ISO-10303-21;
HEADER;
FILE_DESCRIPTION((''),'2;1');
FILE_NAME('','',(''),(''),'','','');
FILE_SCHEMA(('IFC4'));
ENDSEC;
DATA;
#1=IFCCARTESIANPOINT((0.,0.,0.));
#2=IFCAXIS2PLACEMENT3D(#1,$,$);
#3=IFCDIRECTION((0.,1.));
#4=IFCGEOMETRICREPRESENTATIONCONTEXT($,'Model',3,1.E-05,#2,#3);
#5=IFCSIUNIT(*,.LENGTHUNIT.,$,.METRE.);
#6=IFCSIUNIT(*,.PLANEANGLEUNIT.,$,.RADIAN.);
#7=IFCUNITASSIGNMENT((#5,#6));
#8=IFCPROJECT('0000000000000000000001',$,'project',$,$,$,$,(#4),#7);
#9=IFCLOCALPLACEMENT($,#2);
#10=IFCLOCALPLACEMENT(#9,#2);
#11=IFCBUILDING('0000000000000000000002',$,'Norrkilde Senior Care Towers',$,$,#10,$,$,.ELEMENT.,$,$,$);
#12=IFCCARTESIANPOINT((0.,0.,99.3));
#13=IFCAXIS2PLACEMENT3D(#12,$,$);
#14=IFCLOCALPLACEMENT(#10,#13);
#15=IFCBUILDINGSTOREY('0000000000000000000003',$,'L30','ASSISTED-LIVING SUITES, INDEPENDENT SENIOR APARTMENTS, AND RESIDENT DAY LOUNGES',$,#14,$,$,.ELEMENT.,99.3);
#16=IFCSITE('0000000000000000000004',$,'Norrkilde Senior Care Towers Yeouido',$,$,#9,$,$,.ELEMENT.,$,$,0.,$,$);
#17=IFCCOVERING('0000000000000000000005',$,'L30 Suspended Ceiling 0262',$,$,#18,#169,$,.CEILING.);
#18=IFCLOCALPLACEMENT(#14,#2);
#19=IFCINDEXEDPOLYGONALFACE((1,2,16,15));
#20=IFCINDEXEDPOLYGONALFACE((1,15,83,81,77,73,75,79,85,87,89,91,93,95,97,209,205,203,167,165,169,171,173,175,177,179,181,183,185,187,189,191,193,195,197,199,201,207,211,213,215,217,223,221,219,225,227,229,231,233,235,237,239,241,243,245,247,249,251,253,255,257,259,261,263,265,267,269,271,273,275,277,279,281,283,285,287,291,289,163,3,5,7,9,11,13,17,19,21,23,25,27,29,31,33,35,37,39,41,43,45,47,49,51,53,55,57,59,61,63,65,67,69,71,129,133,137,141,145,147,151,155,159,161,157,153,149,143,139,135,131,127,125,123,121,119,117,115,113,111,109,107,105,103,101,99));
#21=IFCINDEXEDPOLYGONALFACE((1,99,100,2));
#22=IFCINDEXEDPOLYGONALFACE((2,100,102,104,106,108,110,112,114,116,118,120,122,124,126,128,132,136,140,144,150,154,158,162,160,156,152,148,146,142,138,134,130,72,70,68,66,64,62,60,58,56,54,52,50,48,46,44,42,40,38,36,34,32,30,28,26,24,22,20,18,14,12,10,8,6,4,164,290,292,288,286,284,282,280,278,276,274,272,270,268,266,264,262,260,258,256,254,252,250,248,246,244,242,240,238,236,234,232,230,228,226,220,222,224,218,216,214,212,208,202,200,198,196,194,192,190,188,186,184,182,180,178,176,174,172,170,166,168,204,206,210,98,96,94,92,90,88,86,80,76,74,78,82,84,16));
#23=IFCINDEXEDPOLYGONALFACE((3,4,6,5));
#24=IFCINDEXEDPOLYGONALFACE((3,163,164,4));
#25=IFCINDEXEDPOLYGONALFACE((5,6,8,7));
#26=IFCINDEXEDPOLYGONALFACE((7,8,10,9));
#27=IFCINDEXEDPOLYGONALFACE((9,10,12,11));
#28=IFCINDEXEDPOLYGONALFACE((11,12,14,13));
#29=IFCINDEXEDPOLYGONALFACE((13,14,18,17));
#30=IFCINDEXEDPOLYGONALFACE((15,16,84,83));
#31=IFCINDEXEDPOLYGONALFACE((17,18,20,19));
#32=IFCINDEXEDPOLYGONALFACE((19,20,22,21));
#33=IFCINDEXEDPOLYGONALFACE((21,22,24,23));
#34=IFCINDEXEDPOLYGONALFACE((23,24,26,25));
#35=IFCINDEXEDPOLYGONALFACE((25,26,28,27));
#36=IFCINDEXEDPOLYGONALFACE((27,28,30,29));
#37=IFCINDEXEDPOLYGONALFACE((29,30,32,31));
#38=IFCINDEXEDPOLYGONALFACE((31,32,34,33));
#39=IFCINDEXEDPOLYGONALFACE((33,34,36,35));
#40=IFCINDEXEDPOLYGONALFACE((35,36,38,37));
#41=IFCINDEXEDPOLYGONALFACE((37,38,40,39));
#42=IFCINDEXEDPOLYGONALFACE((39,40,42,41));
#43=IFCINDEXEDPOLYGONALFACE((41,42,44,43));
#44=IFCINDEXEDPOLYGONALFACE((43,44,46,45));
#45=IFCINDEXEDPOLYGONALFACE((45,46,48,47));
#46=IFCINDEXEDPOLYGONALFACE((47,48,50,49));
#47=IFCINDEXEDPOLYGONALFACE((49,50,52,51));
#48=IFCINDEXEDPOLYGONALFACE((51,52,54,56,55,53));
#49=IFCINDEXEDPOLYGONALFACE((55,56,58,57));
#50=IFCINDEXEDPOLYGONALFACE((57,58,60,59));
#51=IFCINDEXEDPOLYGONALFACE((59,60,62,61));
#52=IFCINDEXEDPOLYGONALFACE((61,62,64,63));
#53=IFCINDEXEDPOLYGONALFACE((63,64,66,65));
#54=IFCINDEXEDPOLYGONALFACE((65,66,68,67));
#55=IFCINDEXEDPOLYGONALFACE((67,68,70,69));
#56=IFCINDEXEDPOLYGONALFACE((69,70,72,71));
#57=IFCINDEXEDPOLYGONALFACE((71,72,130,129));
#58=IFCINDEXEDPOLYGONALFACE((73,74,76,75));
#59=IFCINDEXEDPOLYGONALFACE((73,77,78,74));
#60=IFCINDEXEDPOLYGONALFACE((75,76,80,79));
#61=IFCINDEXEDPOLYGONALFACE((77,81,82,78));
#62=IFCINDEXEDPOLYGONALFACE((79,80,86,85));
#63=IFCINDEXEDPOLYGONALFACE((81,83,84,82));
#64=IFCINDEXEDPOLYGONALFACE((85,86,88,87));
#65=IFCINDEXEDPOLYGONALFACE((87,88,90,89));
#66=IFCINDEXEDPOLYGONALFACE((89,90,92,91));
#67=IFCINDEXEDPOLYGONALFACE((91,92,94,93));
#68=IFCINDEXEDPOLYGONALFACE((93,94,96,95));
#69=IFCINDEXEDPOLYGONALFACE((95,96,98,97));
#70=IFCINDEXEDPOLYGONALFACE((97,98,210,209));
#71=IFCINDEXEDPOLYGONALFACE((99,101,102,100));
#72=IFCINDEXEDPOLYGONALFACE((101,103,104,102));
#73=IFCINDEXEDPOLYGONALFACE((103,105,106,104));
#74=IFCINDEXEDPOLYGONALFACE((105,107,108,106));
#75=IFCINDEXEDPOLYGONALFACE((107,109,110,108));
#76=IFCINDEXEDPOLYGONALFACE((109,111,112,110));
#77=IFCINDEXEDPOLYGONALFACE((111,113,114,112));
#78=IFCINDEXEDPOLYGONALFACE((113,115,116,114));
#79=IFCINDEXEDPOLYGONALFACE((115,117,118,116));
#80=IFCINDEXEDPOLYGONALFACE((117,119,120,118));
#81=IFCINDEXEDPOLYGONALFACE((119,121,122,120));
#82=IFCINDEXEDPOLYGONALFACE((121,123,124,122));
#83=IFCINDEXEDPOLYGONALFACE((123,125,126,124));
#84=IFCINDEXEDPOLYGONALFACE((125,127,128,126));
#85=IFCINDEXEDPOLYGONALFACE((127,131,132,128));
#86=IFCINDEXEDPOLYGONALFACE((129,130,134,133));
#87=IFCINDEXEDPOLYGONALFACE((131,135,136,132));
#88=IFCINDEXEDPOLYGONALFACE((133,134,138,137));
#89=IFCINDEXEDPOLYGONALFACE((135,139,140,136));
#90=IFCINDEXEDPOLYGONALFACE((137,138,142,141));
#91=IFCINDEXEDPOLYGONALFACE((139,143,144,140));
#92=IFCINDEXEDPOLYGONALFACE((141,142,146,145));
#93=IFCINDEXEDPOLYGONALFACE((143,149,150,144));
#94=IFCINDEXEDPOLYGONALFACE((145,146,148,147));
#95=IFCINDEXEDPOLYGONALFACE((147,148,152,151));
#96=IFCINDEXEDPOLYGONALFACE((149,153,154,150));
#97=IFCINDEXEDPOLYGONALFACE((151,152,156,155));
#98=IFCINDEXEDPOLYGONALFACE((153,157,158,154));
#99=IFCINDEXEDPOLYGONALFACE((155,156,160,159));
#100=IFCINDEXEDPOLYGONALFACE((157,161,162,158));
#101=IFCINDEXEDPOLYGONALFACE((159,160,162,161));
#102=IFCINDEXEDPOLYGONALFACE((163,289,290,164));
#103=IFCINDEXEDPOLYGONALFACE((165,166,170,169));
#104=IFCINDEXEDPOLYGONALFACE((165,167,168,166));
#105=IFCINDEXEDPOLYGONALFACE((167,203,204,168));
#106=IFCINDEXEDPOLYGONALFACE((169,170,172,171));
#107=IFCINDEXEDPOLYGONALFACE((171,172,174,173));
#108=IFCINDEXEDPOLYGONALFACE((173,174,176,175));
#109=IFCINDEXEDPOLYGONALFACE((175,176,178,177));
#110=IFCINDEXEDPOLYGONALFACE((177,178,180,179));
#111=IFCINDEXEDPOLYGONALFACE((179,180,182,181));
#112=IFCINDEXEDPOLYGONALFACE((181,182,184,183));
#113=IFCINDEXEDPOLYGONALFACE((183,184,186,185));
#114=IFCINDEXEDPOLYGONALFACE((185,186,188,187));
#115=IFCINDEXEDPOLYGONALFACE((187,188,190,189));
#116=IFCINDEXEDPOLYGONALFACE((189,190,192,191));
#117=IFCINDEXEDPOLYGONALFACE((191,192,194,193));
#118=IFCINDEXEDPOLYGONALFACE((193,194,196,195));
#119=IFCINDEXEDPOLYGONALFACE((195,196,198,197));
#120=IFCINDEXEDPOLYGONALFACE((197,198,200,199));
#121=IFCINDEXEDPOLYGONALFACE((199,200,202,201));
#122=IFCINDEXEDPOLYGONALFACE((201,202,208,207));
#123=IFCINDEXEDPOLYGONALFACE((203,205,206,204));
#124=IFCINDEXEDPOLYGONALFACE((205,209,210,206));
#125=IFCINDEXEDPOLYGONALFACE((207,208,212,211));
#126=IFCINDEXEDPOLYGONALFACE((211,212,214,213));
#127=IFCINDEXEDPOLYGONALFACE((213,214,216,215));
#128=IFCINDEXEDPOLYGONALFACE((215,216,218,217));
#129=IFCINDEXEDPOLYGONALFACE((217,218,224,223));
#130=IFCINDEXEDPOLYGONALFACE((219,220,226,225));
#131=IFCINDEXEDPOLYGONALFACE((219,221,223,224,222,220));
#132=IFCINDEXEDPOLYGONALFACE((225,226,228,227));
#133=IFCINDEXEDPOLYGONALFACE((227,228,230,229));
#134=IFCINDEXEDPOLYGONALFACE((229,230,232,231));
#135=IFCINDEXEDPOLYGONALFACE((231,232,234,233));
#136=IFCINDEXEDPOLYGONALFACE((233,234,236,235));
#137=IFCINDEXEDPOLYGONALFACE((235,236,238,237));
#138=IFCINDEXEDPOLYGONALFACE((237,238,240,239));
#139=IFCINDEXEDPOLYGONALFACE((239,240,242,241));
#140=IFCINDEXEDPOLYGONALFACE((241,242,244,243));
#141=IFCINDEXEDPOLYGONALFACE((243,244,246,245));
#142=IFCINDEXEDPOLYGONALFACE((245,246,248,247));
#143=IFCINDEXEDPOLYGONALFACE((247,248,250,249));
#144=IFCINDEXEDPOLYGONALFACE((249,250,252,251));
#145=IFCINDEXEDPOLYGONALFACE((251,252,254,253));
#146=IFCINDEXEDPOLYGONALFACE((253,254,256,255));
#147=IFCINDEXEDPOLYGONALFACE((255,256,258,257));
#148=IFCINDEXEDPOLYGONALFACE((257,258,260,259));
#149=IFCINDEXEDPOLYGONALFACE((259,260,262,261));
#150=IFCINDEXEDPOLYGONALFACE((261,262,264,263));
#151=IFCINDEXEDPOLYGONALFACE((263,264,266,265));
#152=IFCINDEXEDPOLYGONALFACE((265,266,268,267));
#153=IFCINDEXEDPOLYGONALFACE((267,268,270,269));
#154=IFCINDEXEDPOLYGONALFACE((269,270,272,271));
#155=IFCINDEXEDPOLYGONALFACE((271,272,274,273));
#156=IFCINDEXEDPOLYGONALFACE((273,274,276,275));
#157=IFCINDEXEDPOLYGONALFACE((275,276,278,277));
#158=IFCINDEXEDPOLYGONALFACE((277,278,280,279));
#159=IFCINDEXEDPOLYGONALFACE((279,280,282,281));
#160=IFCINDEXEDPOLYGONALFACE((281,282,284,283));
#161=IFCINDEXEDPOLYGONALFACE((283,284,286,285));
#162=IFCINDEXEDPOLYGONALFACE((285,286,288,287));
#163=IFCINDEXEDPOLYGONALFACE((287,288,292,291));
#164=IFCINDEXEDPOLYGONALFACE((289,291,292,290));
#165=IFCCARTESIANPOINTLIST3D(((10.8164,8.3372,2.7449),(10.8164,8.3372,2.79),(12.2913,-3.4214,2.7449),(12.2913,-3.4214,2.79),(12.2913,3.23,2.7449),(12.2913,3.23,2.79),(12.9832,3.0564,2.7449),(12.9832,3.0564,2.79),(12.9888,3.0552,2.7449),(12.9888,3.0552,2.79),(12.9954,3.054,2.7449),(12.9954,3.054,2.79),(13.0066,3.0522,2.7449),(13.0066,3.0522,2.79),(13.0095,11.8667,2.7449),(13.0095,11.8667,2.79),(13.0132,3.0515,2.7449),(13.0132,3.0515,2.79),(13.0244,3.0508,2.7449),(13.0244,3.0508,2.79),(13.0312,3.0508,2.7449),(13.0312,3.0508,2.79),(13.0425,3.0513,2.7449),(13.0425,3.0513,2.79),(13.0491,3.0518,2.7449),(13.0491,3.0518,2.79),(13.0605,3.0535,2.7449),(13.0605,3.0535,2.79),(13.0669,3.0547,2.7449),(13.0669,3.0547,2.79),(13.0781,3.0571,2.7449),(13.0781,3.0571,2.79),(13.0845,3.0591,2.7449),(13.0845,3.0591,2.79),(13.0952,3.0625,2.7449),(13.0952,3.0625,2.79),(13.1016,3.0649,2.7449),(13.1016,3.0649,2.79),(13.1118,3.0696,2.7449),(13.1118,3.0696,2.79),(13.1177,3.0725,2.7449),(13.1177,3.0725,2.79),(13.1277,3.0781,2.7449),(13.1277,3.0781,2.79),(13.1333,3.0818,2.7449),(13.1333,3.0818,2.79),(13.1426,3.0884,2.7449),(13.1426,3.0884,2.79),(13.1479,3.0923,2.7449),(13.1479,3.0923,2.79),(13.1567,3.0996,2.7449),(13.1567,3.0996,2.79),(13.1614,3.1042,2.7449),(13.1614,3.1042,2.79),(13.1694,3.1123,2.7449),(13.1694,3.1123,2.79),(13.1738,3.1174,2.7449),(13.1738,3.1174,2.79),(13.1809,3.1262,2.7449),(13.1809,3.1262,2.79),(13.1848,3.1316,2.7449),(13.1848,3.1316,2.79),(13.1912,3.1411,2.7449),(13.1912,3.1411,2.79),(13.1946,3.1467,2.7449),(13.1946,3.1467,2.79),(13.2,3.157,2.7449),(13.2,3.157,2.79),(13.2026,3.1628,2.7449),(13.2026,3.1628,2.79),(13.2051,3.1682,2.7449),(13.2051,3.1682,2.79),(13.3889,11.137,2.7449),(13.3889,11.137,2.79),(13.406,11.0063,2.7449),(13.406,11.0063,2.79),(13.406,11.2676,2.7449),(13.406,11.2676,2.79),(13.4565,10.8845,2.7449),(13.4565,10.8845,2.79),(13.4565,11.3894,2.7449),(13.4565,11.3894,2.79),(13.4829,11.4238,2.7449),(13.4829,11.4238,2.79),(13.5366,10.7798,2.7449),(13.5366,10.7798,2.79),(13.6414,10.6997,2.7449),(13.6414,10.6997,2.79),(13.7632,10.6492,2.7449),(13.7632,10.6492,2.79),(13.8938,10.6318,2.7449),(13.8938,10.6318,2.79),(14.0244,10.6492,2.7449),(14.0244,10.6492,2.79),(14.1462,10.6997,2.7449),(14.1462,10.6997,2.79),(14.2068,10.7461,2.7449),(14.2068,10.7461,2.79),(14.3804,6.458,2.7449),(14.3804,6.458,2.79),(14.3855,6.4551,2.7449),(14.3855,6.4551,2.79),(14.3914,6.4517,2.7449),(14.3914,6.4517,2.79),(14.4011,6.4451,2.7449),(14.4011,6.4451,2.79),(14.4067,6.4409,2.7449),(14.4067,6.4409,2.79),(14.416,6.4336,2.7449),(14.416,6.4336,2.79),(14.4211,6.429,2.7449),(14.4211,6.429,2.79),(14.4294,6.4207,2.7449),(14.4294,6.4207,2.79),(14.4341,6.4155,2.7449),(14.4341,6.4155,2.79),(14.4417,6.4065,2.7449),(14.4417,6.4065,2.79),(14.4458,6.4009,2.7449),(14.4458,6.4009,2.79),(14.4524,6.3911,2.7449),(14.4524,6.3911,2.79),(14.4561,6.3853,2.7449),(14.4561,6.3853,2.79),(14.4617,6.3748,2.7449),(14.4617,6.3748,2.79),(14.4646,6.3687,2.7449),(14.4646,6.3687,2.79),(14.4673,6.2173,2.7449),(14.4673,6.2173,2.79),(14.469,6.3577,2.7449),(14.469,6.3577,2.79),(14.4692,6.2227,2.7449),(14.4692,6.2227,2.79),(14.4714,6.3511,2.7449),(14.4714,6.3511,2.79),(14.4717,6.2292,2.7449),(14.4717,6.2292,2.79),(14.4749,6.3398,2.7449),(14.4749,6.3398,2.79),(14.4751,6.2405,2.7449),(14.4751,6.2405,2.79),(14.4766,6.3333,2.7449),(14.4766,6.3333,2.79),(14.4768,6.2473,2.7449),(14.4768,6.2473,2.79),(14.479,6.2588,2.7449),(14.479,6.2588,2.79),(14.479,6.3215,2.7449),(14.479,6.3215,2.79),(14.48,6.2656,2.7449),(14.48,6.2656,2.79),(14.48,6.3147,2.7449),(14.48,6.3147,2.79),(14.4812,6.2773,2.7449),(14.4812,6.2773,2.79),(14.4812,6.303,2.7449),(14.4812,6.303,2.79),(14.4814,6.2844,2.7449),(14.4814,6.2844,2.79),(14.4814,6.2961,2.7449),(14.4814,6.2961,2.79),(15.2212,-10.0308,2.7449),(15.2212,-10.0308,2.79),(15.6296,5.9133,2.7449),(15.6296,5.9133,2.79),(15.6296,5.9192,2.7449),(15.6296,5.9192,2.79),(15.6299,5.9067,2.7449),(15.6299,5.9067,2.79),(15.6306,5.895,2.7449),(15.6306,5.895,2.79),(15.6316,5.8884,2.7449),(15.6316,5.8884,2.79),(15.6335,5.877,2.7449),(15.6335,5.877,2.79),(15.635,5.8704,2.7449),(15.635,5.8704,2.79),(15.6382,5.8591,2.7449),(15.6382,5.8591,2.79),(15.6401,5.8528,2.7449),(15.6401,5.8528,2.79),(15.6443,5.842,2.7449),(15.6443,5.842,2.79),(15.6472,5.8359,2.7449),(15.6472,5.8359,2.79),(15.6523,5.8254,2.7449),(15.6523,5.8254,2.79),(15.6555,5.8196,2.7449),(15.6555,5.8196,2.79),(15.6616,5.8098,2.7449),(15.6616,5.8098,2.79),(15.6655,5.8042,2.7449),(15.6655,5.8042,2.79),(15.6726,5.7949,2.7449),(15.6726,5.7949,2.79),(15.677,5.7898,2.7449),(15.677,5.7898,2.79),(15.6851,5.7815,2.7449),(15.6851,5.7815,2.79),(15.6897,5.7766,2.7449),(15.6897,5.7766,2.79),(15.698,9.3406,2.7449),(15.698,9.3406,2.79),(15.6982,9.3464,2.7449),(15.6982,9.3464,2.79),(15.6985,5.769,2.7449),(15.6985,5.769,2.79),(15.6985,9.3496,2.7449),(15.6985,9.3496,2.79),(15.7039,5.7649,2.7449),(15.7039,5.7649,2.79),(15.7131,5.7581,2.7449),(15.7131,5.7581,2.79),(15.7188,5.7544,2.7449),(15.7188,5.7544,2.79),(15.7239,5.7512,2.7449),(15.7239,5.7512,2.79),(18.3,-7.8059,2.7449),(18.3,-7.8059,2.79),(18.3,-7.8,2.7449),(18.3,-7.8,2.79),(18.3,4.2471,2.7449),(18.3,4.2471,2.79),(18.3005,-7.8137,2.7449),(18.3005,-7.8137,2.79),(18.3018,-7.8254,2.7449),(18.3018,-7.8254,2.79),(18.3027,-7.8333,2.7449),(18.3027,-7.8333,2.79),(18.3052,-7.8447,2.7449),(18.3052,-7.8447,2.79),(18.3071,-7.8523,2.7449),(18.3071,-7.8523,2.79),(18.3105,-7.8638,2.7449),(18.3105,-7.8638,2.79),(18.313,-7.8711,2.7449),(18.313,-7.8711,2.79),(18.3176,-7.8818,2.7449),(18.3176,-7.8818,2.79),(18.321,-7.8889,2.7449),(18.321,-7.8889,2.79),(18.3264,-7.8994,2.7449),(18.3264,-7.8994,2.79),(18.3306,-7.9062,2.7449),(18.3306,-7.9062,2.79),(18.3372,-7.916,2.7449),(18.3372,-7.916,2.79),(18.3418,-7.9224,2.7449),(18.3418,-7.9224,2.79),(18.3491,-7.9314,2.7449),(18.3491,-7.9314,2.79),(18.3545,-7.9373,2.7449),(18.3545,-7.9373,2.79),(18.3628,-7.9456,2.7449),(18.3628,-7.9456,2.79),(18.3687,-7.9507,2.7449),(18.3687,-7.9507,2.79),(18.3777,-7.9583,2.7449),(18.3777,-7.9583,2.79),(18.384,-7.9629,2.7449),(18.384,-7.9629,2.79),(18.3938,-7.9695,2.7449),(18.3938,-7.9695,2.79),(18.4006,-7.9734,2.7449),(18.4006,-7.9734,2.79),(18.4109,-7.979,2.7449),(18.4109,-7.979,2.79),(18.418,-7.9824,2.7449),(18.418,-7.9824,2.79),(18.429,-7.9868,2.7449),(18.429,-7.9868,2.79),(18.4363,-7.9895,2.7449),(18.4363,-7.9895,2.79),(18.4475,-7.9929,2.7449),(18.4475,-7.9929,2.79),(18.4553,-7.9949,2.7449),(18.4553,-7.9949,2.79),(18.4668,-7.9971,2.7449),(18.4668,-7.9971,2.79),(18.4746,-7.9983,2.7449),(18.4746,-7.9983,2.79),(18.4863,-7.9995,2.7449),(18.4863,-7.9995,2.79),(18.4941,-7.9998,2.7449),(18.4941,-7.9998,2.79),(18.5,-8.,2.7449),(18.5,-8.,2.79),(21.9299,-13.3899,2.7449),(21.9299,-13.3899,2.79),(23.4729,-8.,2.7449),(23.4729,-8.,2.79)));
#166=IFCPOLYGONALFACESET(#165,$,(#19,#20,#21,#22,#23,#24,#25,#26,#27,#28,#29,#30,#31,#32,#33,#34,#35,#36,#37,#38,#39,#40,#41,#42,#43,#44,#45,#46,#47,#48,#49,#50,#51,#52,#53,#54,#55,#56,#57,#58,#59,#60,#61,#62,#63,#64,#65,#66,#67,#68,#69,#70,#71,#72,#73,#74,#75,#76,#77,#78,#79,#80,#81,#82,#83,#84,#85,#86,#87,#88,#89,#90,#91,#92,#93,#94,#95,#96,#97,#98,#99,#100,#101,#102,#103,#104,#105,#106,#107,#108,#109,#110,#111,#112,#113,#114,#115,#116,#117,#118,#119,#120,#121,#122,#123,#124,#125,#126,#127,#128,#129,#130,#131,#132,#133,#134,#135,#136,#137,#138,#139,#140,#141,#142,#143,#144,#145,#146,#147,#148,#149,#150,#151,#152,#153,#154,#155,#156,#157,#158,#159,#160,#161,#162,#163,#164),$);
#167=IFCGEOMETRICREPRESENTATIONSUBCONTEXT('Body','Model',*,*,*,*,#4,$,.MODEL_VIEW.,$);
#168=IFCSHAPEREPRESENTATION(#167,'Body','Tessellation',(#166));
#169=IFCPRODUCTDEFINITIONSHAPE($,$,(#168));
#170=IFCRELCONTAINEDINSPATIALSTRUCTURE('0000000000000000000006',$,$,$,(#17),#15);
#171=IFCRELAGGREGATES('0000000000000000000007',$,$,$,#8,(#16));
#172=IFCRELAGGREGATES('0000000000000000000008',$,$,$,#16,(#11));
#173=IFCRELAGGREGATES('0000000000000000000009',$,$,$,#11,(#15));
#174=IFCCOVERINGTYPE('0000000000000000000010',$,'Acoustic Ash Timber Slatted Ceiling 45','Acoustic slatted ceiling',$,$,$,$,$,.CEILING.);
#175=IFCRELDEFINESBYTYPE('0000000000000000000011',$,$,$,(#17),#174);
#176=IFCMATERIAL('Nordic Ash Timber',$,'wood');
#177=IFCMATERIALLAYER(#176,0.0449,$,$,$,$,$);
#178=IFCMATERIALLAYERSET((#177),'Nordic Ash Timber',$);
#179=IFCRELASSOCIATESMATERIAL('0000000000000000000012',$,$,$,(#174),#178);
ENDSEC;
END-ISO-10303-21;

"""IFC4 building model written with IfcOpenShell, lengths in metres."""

from ifc_helpers import new_model, si_unit, direction, frame, origin, place, context, subcontext, project, spatial, polyline, outline, extrude, material, layer, layer_set, type_object, element, save


model = new_model("IFC4")

# Units and contexts
model_context = context("Model", 3, precision=1e-05, world=origin(), true_north=direction((0.0, 1.0)))
body_context = subcontext(model_context, "Body", "Model", "MODEL_VIEW")
ifc_project = project(units=[si_unit("LENGTHUNIT", "METRE"), si_unit("PLANEANGLEUNIT", "RADIAN")], contexts=[model_context])

# Site, building, storey
site_placement = place(None, origin())
site = spatial("IfcSite", under=ifc_project, at=site_placement, Name="Norrkilde Senior Care Towers Yeouido", CompositionType="ELEMENT", RefElevation=0.0)
building_placement = place(site_placement, origin())
building = spatial("IfcBuilding", under=site, at=building_placement, Name="Norrkilde Senior Care Towers", CompositionType="ELEMENT")
storey_placement = place(building_placement, frame((0.0, 0.0, 99.3)))
storey = spatial("IfcBuildingStorey", under=building, at=storey_placement, Name="L30", Description="ASSISTED-LIVING SUITES, INDEPENDENT SENIOR APARTMENTS, AND RESIDENT DAY LOUNGES", CompositionType="ELEMENT", Elevation=99.3)

# Shared definitions
ifc_material_1 = material(Name="Nordic Ash Timber", Category="wood")

# Covering
ifc_layer_1 = layer(ifc_material_1, 0.0449)
ifc_layer_set_1 = layer_set([ifc_layer_1], Name="Nordic Ash Timber")
covering_type_1 = type_object("IfcCoveringType", Name="Acoustic Ash Timber Slatted Ceiling 45", Description="Acoustic slatted ceiling", PredefinedType="CEILING", material=ifc_layer_set_1)
covering_1_placement = place(storey_placement, frame((0.0, 0.0, 2.7449)))
element("IfcCovering", 1, at=covering_1_placement, inside=storey, type_object=covering_type_1, Name="L30 Suspended Ceiling 0262", PredefinedType="CEILING", context=body_context, shape_type="SweptSolid", body=[
    extrude(outline(polyline([(15.6299, 5.9067), (15.6306, 5.895), (15.6316, 5.8884), (15.6335, 5.877), (15.635, 5.8704), (15.6382, 5.8591), (15.6401, 5.8528), (15.6443, 5.842), (15.6472, 5.8359), (15.6523, 5.8254), (15.6555, 5.8196), (15.6616, 5.8098), (15.6655, 5.8042), (15.6726, 5.7949), (15.677, 5.7898), (15.6851, 5.7815), (15.6897, 5.7766), (15.6985, 5.769), (15.7039, 5.7649), (15.7131, 5.7581), (15.7188, 5.7544), (15.7239, 5.7512), (18.3, 4.2471), (18.3, -7.8), (18.3, -7.8059), (18.3005, -7.8137), (18.3018, -7.8254), (18.3027, -7.8333), (18.3052, -7.8447), (18.3071, -7.8523), (18.3105, -7.8638), (18.313, -7.8711), (18.3176, -7.8818), (18.321, -7.8889), (18.3264, -7.8994), (18.3306, -7.9062), (18.3372, -7.916), (18.3418, -7.9224), (18.3491, -7.9314), (18.3545, -7.9373), (18.3628, -7.9456), (18.3687, -7.9507), (18.3777, -7.9583), (18.384, -7.9629), (18.3938, -7.9695), (18.4006, -7.9734), (18.4109, -7.979), (18.418, -7.9824), (18.429, -7.9868), (18.4363, -7.9895), (18.4475, -7.9929), (18.4553, -7.9949), (18.4668, -7.9971), (18.4746, -7.9983), (18.4863, -7.9995), (18.4941, -7.9998), (18.5, -8.0), (23.4729, -8.0), (21.9299, -13.3899), (15.2212, -10.0308), (12.2913, -3.4214), (12.2913, 3.23), (12.9832, 3.0564), (12.9888, 3.0552), (12.9954, 3.054), (13.0066, 3.0522), (13.0132, 3.0515), (13.0244, 3.0508), (13.0312, 3.0508), (13.0425, 3.0513), (13.0491, 3.0518), (13.0605, 3.0535), (13.0669, 3.0547), (13.0781, 3.0571), (13.0845, 3.0591), (13.0952, 3.0625), (13.1016, 3.0649), (13.1118, 3.0696), (13.1177, 3.0725), (13.1277, 3.0781), (13.1333, 3.0818), (13.1426, 3.0884), (13.1479, 3.0923), (13.1567, 3.0996), (13.1614, 3.1042), (13.1694, 3.1123), (13.1738, 3.1174), (13.1809, 3.1262), (13.1848, 3.1316), (13.1912, 3.1411), (13.1946, 3.1467), (13.2, 3.157), (13.2026, 3.1628), (13.2051, 3.1682), (14.4673, 6.2173), (14.4692, 6.2227), (14.4717, 6.2292), (14.4751, 6.2405), (14.4768, 6.2473), (14.479, 6.2588), (14.48, 6.2656), (14.4812, 6.2773), (14.4814, 6.2844), (14.4814, 6.2961), (14.4812, 6.303), (14.48, 6.3147), (14.479, 6.3215), (14.4766, 6.3333), (14.4749, 6.3398), (14.4714, 6.3511), (14.469, 6.3577), (14.4646, 6.3687), (14.4617, 6.3748), (14.4561, 6.3853), (14.4524, 6.3911), (14.4458, 6.4009), (14.4417, 6.4065), (14.4341, 6.4155), (14.4294, 6.4207), (14.4211, 6.429), (14.416, 6.4336), (14.4067, 6.4409), (14.4011, 6.4451), (14.3914, 6.4517), (14.3855, 6.4551), (14.3804, 6.458), (10.8164, 8.3372), (13.0095, 11.8667), (13.4829, 11.4238), (13.4565, 11.3894), (13.406, 11.2676), (13.3889, 11.137), (13.406, 11.0063), (13.4565, 10.8845), (13.5366, 10.7798), (13.6414, 10.6997), (13.7632, 10.6492), (13.8938, 10.6318), (14.0244, 10.6492), (14.1462, 10.6997), (14.2068, 10.7461), (15.6985, 9.3496), (15.6982, 9.3464), (15.698, 9.3406), (15.6296, 5.9192), (15.6296, 5.9133), (15.6299, 5.9067)])), origin(), (0.0, 0.0, 1.0), 0.0452),
])

save(model, "model.ifc")
